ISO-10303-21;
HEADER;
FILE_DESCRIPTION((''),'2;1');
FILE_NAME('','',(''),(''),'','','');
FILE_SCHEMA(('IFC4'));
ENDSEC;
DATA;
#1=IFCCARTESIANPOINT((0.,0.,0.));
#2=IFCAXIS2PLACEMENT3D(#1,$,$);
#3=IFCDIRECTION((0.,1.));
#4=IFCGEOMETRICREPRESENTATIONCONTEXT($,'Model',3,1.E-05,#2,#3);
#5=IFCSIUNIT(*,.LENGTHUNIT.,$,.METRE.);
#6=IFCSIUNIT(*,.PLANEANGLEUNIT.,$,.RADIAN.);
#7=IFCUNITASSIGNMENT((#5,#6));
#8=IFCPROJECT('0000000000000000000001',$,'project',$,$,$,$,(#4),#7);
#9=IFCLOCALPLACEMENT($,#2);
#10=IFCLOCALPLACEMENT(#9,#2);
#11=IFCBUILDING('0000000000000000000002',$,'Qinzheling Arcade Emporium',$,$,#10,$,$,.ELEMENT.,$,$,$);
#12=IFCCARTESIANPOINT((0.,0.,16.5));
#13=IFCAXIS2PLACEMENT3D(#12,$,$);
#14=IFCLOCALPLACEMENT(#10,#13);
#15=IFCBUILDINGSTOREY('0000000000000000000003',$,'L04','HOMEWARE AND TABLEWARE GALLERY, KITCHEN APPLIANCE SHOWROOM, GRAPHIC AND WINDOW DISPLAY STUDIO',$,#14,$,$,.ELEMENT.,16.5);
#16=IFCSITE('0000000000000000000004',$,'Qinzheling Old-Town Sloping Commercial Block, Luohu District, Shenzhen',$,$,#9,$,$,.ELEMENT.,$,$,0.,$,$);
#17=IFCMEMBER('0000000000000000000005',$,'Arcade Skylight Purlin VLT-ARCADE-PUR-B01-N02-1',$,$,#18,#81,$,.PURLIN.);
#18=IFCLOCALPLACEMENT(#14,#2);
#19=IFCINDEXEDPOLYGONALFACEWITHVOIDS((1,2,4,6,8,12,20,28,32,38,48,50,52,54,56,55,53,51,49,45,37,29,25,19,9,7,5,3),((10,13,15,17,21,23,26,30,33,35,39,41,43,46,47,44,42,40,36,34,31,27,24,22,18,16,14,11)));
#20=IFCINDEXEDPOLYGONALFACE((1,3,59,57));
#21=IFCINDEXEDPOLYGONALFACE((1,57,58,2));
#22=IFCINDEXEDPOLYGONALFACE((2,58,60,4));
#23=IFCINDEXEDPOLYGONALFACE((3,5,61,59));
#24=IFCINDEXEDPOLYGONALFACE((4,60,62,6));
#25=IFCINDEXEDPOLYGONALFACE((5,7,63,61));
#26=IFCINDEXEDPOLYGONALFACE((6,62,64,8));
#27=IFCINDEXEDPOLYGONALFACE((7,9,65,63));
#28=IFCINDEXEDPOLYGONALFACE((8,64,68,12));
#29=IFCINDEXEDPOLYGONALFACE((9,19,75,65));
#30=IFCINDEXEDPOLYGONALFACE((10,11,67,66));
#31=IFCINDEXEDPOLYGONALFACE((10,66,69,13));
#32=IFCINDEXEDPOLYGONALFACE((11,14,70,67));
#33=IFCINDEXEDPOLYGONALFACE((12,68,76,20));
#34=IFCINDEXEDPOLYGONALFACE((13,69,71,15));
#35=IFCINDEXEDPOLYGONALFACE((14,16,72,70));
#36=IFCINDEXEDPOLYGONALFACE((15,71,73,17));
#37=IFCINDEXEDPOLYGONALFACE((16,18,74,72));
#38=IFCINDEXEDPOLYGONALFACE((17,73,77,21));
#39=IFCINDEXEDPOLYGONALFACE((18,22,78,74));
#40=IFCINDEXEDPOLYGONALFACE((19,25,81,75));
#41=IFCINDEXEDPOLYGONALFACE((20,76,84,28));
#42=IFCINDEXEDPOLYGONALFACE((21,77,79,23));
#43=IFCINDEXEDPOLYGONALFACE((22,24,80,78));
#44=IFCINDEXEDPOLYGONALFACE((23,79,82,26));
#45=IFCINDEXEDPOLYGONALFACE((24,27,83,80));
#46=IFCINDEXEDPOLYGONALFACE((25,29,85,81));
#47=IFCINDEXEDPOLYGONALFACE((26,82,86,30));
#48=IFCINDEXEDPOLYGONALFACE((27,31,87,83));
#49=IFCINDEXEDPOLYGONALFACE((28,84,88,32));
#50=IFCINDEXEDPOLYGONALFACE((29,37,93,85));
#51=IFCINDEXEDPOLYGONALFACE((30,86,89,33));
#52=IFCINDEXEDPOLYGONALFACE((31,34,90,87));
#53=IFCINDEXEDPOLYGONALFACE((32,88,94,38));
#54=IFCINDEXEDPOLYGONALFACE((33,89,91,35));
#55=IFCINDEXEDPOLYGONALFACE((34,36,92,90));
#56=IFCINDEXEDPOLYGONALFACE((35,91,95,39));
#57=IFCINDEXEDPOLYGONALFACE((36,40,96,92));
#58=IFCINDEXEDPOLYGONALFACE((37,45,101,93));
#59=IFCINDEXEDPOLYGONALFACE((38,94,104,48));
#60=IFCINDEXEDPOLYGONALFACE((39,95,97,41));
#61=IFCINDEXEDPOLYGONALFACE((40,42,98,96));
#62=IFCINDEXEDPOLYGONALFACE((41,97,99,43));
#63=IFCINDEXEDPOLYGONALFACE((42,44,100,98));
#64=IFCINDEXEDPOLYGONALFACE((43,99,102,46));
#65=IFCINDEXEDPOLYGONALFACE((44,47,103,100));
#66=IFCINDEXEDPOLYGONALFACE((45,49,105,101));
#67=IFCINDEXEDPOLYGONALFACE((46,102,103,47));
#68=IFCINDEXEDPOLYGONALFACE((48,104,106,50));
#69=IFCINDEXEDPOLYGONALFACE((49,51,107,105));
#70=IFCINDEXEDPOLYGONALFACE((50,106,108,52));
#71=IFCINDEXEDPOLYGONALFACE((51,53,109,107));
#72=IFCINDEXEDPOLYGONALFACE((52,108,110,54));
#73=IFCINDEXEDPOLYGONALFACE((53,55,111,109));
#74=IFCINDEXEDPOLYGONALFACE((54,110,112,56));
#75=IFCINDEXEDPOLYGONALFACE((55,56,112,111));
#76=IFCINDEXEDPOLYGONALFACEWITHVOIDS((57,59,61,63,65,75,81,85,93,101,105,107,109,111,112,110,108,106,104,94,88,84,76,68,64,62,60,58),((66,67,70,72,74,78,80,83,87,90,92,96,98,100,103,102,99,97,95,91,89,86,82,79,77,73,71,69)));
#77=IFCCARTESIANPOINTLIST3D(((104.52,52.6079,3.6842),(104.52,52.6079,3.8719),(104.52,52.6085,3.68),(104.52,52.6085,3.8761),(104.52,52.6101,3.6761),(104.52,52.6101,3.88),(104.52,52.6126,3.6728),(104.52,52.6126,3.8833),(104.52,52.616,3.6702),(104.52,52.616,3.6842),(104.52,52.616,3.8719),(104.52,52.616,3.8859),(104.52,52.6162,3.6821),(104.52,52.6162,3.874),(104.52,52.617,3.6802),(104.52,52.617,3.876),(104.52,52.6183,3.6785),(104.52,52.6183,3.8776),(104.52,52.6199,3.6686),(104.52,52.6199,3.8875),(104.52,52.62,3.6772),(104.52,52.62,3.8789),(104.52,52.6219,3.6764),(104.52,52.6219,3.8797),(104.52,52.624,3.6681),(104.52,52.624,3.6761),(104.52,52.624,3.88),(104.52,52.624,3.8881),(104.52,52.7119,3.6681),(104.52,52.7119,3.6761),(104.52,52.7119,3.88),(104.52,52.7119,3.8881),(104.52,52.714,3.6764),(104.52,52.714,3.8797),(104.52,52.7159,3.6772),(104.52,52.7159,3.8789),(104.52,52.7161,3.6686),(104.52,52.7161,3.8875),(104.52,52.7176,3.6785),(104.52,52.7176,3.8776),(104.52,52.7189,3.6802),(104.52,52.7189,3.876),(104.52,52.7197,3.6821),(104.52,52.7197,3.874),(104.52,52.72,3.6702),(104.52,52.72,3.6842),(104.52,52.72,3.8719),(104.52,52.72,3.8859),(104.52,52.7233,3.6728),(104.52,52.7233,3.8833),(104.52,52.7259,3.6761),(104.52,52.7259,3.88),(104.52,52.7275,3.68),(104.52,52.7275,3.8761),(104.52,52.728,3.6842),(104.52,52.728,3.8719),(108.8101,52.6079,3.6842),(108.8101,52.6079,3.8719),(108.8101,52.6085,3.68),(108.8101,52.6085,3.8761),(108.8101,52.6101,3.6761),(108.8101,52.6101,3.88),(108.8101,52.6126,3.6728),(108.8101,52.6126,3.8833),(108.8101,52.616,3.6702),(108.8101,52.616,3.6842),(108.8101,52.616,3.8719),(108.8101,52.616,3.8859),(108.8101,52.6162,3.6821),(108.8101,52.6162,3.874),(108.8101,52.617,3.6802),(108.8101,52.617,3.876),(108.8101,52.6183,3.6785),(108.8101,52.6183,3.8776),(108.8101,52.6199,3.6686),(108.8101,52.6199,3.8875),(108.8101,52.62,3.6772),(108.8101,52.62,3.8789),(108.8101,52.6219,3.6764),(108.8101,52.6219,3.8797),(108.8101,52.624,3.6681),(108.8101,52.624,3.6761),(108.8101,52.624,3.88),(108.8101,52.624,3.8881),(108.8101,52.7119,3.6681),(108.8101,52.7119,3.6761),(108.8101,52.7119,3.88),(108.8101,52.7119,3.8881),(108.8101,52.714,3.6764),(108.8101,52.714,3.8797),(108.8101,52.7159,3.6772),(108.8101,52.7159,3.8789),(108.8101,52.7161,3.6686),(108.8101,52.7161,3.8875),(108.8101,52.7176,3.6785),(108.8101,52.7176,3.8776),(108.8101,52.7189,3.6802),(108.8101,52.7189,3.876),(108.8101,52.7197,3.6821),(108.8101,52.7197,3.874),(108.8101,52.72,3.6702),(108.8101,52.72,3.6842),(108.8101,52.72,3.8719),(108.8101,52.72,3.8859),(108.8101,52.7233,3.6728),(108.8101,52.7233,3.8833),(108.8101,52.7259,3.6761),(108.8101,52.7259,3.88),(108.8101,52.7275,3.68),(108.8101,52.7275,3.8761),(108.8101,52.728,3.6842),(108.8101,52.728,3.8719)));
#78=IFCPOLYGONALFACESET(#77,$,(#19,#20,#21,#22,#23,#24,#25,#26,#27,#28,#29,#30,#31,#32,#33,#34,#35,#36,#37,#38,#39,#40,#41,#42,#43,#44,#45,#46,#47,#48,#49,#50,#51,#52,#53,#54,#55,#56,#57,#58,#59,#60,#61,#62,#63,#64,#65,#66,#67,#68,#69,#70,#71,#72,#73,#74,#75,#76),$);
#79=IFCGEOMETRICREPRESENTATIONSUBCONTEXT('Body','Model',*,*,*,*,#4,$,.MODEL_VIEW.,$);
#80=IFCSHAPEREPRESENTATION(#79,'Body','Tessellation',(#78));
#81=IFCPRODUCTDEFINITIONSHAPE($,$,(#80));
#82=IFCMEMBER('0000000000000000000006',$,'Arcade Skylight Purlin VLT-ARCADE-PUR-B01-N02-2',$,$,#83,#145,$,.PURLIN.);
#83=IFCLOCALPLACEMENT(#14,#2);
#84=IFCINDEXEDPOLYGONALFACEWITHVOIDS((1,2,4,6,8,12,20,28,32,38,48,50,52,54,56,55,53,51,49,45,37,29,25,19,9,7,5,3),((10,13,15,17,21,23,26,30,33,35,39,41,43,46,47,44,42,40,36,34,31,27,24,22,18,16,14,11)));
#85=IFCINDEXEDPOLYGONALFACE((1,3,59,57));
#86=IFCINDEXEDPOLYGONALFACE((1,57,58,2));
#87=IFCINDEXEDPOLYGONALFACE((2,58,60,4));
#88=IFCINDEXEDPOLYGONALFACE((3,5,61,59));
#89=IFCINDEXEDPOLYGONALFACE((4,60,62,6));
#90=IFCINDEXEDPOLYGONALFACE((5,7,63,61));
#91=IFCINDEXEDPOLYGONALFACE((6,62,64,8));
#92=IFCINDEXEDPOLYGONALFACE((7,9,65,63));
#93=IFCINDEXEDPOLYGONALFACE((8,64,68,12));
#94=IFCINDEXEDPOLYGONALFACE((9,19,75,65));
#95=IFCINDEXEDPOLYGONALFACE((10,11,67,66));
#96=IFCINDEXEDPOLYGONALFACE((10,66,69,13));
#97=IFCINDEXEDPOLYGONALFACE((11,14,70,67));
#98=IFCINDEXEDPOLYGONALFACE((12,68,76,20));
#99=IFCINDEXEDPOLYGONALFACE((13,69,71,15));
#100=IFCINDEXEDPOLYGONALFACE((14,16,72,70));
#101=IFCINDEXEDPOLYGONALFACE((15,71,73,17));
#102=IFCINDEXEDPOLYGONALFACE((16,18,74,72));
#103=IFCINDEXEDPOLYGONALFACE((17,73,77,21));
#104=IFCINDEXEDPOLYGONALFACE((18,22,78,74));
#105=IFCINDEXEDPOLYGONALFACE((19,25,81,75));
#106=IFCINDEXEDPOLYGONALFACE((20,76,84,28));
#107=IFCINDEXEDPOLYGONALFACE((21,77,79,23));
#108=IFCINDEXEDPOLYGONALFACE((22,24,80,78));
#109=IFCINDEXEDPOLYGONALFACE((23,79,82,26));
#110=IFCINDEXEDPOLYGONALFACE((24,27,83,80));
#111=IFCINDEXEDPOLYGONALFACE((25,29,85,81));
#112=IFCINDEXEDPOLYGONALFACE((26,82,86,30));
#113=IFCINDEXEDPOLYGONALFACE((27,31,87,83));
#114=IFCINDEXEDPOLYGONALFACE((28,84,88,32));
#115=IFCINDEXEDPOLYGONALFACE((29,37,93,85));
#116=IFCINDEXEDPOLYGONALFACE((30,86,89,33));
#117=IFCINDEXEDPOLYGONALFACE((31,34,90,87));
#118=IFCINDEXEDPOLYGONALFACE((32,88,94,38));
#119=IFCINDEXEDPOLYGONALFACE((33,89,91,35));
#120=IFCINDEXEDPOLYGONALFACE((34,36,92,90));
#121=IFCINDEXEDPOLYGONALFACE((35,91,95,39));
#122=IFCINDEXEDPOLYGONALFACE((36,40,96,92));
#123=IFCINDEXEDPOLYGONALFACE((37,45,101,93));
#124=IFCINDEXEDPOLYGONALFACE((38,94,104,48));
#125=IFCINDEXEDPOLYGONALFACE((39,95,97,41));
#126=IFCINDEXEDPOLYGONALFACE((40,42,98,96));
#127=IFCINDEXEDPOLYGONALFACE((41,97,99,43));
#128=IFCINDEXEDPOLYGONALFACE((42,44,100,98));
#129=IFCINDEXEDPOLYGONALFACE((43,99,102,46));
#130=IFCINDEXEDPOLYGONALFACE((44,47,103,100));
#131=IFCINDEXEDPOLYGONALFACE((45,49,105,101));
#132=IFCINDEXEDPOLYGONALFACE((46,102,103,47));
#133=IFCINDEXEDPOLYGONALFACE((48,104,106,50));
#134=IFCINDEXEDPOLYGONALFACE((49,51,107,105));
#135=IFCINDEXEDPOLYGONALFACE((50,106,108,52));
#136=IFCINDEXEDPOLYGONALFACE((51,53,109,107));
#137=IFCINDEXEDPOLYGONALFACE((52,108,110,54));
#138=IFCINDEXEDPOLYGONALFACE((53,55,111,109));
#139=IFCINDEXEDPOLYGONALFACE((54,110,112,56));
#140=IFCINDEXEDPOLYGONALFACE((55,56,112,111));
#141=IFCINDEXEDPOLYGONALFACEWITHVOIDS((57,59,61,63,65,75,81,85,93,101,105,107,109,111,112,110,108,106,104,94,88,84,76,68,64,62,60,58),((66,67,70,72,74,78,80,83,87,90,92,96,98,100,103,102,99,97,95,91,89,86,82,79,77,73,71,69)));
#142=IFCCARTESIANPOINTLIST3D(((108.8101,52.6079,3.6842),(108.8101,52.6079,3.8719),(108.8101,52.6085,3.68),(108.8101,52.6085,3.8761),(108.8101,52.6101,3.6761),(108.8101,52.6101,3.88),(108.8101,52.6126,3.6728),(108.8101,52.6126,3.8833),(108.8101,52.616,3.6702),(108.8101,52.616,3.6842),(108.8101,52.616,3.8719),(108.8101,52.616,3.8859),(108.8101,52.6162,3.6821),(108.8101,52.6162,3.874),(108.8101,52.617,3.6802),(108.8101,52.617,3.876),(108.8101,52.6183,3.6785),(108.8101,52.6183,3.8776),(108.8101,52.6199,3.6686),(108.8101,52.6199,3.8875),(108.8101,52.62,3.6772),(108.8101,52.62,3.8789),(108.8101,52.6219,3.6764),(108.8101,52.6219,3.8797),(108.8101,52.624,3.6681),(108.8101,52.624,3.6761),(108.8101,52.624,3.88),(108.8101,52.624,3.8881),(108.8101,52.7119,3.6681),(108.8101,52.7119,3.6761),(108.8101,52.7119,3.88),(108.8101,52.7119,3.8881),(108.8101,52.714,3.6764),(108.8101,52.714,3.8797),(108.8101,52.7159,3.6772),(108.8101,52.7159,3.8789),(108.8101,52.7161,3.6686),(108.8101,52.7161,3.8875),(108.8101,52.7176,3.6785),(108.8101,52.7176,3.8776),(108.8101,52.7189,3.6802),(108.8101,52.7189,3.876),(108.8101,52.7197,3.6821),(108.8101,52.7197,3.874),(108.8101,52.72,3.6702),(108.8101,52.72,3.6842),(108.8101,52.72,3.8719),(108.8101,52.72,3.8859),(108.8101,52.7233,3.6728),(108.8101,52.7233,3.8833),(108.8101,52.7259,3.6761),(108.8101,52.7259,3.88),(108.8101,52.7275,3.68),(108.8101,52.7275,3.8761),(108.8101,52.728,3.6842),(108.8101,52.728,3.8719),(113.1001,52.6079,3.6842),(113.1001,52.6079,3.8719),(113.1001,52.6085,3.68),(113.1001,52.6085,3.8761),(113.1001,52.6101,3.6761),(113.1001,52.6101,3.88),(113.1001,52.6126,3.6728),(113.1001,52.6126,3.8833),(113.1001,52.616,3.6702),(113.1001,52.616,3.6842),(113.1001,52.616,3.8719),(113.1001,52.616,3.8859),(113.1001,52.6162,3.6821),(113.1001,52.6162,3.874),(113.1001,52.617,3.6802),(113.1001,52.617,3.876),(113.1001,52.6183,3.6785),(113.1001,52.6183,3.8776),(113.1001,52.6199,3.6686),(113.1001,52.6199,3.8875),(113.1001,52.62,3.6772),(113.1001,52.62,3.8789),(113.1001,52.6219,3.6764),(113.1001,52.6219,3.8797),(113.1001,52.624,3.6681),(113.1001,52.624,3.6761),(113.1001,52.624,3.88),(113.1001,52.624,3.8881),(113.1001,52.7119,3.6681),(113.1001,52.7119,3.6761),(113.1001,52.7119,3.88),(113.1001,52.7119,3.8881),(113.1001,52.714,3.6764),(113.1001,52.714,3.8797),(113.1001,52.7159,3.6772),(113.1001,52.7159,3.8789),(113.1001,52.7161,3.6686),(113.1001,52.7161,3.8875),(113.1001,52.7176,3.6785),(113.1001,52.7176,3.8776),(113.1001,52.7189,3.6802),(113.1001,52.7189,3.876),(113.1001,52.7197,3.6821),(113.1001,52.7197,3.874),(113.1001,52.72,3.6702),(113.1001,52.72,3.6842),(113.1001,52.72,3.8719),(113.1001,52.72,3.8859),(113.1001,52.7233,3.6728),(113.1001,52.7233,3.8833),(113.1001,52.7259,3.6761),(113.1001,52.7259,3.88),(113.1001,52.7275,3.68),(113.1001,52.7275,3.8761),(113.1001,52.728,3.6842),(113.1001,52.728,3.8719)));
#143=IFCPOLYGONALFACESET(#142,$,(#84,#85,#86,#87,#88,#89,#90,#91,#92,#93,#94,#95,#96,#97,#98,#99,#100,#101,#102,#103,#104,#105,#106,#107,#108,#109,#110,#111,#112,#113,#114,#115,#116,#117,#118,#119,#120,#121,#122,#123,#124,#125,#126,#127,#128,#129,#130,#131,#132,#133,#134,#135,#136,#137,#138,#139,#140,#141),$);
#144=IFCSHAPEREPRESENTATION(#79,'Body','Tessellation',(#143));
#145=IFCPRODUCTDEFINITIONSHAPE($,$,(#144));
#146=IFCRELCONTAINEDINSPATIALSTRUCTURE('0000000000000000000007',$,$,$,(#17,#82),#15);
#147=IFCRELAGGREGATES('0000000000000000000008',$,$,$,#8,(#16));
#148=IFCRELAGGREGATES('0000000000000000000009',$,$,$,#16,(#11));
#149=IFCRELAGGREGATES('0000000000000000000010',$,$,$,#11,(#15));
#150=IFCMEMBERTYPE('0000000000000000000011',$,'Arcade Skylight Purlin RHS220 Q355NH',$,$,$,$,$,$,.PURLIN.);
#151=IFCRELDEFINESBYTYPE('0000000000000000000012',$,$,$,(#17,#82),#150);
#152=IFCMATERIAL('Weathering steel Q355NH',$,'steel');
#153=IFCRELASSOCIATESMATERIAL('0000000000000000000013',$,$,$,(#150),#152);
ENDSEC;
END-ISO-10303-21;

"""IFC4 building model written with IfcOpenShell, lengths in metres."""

from ifc_helpers import new_model, si_unit, direction, frame, origin, origin_2d, place, context, subcontext, project, spatial, hollow_rectangle, extrude, material, material_profile, profile_set, type_object, element, save


model = new_model("IFC4")

# Units and contexts
model_context = context("Model", 3, precision=1e-05, world=origin(), true_north=direction((0.0, 1.0)))
body_context = subcontext(model_context, "Body", "Model", "MODEL_VIEW")
ifc_project = project(units=[si_unit("LENGTHUNIT", "METRE"), si_unit("PLANEANGLEUNIT", "RADIAN")], contexts=[model_context])

# Site, building, storey
site_placement = place(None, origin())
site = spatial("IfcSite", under=ifc_project, at=site_placement, Name="Qinzheling Old-Town Sloping Commercial Block, Luohu District, Shenzhen", CompositionType="ELEMENT", RefElevation=0.0)
building_placement = place(site_placement, origin())
building = spatial("IfcBuilding", under=site, at=building_placement, Name="Qinzheling Arcade Emporium", CompositionType="ELEMENT")
storey_placement = place(building_placement, frame((0.0, 0.0, 16.5)))
storey = spatial("IfcBuildingStorey", under=building, at=storey_placement, Name="L04", Description="HOMEWARE AND TABLEWARE GALLERY, KITCHEN APPLIANCE SHOWROOM, GRAPHIC AND WINDOW DISPLAY STUDIO", CompositionType="ELEMENT", Elevation=16.5)

# Shared definitions
ifc_material_1 = material(Name="Weathering steel Q355NH", Category="steel")

# Members
ifc_material_profile_1 = material_profile(ifc_material_1, hollow_rectangle(XDim=0.1201, YDim=0.22, WallThickness=0.0081, InnerFilletRadius=0.0081, OuterFilletRadius=0.0161, at=origin_2d()), Name="RHS 220x120x8", Category="steel")
ifc_profile_set_1 = profile_set([ifc_material_profile_1], Name="Weathering steel Q355NH")
member_type_1 = type_object("IfcMemberType", Name="Arcade Skylight Purlin RHS220 Q355NH", PredefinedType="PURLIN", material=ifc_profile_set_1)
for number, where, z_axis, x_axis, name in (
    (1, (104.52, 52.668, 3.7781), (1.0, 0.0, 0.0), (0.0, 1.0, 0.0), "Arcade Skylight Purlin VLT-ARCADE-PUR-B01-N02-1"),
    (2, (108.8101, 52.668, 3.7781), (1.0, 0.0, 0.0), (0.0, 1.0, 0.0), "Arcade Skylight Purlin VLT-ARCADE-PUR-B01-N02-2"),
):
    element("IfcMember", number, at=place(storey_placement, frame(where, z_axis=z_axis, x_axis=x_axis)), inside=storey, type_object=member_type_1, Name=name, PredefinedType="PURLIN", context=body_context, shape_type="SweptSolid", body=[
        extrude(hollow_rectangle(XDim=0.1201, YDim=0.22, WallThickness=0.0081, InnerFilletRadius=0.0081, OuterFilletRadius=0.0161, at=origin_2d()), origin(), (0.0, 0.0, 1.0), 4.29),
    ])

save(model, "model.ifc")
